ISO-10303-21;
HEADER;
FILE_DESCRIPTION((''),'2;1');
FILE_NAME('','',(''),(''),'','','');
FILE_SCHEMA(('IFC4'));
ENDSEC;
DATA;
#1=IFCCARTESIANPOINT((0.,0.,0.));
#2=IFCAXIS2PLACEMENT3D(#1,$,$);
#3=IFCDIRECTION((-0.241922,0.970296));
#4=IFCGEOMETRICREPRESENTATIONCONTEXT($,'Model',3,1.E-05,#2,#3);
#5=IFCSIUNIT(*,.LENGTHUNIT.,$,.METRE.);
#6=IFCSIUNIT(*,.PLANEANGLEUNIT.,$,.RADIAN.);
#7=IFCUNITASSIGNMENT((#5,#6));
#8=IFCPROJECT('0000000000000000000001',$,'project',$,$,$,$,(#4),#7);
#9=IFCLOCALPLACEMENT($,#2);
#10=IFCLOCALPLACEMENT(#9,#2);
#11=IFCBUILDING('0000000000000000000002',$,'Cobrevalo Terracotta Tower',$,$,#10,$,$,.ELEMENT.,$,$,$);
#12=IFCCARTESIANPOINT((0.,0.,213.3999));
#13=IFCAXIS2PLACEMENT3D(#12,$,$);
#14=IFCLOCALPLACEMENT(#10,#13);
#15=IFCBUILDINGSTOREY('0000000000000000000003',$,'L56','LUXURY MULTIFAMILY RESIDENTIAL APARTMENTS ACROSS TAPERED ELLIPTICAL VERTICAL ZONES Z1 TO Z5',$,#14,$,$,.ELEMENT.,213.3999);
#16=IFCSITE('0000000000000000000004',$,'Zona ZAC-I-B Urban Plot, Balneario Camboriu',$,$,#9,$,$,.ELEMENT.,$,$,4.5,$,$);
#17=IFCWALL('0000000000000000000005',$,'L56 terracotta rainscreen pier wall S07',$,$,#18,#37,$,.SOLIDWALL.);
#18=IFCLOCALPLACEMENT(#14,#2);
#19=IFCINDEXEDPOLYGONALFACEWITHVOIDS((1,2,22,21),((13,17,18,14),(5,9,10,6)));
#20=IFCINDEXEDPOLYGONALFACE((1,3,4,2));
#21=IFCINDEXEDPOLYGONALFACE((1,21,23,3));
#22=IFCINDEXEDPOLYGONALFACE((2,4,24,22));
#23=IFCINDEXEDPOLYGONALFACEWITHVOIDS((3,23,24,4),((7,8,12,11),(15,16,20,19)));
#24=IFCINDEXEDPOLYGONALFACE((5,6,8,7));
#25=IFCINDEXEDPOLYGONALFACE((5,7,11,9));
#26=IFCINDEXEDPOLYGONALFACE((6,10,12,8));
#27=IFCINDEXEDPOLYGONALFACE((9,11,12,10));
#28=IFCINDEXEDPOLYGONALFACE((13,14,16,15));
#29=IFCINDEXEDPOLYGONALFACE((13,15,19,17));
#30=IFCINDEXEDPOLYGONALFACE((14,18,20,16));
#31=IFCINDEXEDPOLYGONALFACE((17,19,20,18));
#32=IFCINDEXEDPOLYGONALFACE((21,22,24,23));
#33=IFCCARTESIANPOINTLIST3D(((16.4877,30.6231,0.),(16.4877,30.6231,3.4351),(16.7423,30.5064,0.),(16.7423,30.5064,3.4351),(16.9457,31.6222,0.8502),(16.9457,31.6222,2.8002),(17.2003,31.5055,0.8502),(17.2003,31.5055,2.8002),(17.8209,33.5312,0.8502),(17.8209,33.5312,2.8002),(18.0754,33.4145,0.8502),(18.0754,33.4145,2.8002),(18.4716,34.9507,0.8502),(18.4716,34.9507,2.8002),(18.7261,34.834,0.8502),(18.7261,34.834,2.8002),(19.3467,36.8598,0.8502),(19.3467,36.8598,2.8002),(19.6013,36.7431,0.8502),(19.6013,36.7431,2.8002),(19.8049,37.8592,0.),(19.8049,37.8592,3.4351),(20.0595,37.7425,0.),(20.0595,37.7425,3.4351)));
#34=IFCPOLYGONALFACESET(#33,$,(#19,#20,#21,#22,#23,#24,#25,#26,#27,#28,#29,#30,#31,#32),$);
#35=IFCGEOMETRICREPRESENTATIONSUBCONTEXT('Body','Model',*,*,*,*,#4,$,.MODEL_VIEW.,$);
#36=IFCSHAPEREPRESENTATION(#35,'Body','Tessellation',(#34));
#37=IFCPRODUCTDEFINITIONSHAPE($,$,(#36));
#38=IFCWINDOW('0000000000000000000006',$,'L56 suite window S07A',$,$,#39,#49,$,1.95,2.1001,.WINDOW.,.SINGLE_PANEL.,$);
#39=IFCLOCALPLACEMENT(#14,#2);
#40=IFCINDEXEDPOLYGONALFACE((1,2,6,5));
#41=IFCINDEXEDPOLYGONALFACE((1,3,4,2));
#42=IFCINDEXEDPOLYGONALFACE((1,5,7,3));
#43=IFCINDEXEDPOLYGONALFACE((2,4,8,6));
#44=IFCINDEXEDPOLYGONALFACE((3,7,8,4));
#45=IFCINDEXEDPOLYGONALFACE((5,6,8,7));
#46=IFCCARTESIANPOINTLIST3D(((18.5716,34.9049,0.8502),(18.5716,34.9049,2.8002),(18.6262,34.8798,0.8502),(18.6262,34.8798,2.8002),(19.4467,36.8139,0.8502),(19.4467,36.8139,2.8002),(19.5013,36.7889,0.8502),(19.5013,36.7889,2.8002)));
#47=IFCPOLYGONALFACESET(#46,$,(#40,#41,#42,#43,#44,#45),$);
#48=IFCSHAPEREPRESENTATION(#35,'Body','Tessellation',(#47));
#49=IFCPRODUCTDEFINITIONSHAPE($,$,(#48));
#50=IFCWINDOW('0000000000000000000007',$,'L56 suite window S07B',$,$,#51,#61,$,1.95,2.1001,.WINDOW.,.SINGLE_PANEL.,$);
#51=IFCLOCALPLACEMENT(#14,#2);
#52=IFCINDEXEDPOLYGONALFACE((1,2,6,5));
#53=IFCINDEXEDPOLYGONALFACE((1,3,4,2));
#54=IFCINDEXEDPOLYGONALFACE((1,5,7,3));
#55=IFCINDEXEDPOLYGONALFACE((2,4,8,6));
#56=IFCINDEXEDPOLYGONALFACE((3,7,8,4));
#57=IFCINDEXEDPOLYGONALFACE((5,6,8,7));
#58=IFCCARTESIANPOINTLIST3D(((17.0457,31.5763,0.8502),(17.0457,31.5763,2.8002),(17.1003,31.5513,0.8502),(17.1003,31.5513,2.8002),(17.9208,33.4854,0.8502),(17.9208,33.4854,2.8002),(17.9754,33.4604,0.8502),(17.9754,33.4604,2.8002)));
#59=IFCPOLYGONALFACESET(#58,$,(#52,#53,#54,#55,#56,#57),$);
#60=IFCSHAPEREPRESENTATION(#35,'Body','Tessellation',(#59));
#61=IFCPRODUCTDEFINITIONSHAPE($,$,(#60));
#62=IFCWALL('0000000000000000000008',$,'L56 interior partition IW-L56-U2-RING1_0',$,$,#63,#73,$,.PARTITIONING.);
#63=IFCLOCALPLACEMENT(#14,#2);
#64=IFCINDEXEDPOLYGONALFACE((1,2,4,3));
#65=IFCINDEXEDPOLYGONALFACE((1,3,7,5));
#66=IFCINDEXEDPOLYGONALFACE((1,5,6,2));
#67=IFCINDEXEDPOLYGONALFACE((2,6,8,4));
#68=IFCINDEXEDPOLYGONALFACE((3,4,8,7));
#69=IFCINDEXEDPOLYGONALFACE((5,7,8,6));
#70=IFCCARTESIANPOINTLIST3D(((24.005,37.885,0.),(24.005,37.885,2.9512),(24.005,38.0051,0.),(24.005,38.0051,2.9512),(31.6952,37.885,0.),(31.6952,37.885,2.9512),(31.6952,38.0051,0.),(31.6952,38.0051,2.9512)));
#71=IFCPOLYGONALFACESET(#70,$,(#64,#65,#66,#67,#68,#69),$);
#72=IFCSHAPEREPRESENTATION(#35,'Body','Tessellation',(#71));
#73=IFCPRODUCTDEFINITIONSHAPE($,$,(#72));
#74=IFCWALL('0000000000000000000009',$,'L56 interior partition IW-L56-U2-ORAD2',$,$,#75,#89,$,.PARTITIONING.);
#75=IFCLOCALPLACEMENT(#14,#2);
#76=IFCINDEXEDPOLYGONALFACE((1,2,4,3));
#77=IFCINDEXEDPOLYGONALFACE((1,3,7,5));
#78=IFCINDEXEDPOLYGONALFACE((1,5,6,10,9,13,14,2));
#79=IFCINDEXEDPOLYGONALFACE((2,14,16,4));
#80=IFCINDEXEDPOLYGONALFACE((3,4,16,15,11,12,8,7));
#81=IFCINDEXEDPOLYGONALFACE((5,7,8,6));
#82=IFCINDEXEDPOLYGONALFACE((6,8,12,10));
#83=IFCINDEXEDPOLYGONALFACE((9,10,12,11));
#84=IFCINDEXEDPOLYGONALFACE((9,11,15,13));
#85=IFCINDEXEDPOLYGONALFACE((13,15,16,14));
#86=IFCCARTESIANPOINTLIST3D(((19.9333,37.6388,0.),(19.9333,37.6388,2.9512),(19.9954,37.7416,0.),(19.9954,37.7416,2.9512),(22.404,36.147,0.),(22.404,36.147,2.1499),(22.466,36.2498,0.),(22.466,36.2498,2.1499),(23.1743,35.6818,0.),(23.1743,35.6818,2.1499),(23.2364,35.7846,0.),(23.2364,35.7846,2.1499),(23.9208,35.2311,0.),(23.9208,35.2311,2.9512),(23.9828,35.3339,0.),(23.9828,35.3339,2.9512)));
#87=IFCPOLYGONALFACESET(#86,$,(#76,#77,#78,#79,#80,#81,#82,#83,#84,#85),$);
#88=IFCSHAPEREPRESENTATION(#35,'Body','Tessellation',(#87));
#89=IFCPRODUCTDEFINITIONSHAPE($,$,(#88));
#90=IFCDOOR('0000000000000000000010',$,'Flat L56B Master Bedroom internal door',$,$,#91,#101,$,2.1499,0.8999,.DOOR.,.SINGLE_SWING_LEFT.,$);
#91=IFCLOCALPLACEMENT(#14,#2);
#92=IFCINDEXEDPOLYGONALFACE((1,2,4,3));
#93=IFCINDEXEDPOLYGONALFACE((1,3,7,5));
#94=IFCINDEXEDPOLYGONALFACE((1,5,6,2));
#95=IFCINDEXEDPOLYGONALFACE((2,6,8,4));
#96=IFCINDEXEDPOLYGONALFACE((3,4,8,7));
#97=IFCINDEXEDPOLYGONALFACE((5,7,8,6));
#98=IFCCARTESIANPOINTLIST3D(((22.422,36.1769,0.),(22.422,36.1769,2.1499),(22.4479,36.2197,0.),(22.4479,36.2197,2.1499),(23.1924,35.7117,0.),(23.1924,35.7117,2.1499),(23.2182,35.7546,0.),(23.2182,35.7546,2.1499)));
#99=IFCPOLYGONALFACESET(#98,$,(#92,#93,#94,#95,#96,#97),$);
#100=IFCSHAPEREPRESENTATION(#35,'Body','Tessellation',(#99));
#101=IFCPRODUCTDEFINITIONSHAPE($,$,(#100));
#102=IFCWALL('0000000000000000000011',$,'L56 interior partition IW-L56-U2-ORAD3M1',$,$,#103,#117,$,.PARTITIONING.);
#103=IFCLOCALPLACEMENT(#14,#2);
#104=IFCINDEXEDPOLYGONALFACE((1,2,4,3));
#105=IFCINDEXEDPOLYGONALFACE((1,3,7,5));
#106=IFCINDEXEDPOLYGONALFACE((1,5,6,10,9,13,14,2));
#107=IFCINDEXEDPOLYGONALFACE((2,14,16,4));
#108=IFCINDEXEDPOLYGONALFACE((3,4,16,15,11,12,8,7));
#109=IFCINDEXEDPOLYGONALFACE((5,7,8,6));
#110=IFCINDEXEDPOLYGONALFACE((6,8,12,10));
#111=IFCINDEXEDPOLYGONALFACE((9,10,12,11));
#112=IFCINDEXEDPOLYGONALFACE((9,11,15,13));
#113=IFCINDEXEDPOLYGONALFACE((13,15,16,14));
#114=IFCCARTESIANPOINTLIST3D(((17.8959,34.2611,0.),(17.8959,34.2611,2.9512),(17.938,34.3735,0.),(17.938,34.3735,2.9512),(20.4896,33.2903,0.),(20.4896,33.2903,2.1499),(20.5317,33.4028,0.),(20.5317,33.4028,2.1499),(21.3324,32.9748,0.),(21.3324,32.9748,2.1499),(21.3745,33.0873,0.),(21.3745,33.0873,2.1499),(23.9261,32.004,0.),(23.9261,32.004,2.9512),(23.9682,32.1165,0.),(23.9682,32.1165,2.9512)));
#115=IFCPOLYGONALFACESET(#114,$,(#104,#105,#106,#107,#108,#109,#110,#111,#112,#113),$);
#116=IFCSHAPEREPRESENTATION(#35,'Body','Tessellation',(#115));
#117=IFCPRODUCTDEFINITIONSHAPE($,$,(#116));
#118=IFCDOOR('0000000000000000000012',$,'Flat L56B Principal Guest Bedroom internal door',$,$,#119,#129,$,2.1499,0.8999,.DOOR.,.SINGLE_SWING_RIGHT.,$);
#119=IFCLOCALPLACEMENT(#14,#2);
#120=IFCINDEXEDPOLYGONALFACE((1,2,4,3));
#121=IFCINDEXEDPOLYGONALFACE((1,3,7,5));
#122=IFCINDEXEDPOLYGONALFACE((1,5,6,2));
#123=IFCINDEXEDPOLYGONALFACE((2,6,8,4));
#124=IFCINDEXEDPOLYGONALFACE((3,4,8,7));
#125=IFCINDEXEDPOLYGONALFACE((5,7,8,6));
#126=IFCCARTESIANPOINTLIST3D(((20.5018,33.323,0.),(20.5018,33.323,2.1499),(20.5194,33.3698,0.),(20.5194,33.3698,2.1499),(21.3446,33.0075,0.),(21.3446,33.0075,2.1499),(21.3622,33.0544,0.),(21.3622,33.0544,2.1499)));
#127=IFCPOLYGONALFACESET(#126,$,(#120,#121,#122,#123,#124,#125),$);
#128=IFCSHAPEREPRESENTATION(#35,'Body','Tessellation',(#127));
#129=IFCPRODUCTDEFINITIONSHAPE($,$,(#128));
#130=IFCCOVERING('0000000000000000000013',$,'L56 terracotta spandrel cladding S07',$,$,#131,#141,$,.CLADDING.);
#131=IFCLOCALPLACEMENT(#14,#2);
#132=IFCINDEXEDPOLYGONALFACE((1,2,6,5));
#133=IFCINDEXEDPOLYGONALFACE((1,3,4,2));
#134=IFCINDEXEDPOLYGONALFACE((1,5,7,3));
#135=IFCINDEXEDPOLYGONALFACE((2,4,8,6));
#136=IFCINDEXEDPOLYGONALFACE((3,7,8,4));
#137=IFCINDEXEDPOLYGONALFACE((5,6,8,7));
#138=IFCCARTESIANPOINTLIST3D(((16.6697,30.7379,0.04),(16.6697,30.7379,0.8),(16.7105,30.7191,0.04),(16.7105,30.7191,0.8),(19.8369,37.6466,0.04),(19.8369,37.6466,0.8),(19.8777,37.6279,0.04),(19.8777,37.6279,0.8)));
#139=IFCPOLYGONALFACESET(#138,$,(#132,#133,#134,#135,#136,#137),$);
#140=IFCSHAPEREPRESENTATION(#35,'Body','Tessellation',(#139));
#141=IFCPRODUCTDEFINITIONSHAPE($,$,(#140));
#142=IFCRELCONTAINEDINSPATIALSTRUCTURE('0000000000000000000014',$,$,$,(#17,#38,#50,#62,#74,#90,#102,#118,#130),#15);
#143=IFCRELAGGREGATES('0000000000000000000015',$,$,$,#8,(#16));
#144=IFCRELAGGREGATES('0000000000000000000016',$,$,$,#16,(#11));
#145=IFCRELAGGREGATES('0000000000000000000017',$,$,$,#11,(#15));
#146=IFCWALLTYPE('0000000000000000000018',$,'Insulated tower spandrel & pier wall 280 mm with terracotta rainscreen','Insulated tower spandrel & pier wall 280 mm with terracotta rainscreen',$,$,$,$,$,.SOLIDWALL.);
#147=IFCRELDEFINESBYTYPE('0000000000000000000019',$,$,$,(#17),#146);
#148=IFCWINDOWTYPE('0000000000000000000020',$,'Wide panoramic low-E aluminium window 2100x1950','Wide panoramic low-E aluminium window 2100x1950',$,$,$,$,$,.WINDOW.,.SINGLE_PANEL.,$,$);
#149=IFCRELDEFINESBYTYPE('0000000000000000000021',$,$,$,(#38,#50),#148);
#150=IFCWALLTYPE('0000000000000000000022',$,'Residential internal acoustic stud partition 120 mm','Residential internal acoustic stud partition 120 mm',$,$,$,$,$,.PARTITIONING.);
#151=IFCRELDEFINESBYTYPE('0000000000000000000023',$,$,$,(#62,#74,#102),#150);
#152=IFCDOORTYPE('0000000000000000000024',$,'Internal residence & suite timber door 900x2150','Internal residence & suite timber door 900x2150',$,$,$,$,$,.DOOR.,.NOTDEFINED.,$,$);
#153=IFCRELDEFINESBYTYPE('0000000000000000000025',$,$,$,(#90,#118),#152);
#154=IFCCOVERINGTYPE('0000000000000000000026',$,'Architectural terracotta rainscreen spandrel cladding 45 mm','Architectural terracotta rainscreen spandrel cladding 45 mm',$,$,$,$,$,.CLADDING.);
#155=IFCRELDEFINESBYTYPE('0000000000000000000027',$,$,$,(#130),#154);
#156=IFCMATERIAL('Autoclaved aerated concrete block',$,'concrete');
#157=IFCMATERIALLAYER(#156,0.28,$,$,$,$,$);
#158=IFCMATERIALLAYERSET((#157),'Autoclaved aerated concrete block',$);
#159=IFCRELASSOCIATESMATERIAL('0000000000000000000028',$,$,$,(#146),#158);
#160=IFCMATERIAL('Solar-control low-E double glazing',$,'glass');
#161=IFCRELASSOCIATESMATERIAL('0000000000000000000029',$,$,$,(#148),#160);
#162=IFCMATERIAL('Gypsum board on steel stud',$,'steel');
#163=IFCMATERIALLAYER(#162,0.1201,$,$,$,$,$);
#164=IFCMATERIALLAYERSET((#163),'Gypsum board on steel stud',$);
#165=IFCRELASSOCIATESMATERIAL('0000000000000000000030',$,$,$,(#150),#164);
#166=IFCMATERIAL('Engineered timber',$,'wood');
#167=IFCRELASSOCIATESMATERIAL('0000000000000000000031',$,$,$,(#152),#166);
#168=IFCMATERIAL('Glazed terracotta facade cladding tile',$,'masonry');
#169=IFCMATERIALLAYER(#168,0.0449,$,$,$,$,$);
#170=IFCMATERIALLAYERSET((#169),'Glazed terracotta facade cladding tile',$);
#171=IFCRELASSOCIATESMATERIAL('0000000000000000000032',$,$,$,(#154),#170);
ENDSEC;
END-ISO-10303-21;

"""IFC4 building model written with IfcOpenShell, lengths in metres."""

from ifc_helpers import new_model, si_unit, direction, frame, frame_2d, origin, origin_2d, place, context, subcontext, project, spatial, rectangle, extrude, source, transform, mapped, material, layer, layer_set, type_object, element, fill, save


model = new_model("IFC4")

# Units and contexts
model_context = context("Model", 3, precision=1e-05, world=origin(), true_north=direction((-0.241922, 0.970296)))
body_context = subcontext(model_context, "Body", "Model", "MODEL_VIEW")
ifc_project = project(units=[si_unit("LENGTHUNIT", "METRE"), si_unit("PLANEANGLEUNIT", "RADIAN")], contexts=[model_context])

# Site, building, storey
site_placement = place(None, origin())
site = spatial("IfcSite", under=ifc_project, at=site_placement, Name="Zona ZAC-I-B Urban Plot, Balneario Camboriu", CompositionType="ELEMENT", RefElevation=4.5)
building_placement = place(site_placement, origin())
building = spatial("IfcBuilding", under=site, at=building_placement, Name="Cobrevalo Terracotta Tower", CompositionType="ELEMENT")
storey_placement = place(building_placement, frame((0.0, 0.0, 213.3999)))
storey = spatial("IfcBuildingStorey", under=building, at=storey_placement, Name="L56", Description="LUXURY MULTIFAMILY RESIDENTIAL APARTMENTS ACROSS TAPERED ELLIPTICAL VERTICAL ZONES Z1 TO Z5", CompositionType="ELEMENT", Elevation=213.3999)

# Shared definitions
ifc_material_1 = material(Name="Solar-control low-E double glazing", Category="glass")

# Wall, openings, windows
ifc_material_2 = material(Name="Autoclaved aerated concrete block", Category="concrete")
ifc_layer_1 = layer(ifc_material_2, 0.28)
ifc_layer_set_1 = layer_set([ifc_layer_1], Name="Autoclaved aerated concrete block")
wall_type_1 = type_object("IfcWallType", Name="Insulated tower spandrel & pier wall 280 mm with terracotta rainscreen", Description="Insulated tower spandrel & pier wall 280 mm with terracotta rainscreen", PredefinedType="SOLIDWALL", material=ifc_layer_set_1)
wall_1_placement = place(storey_placement, frame((19.9321, 37.8008, 0.0), z_axis=(0.0, 0.0, 1.0), x_axis=(-0.416717, -0.909036, 0.0)))
wall_1 = element("IfcWall", 1, at=wall_1_placement, inside=storey, type_object=wall_type_1, Name="L56 terracotta rainscreen pier wall S07", PredefinedType="SOLIDWALL", context=body_context, shape_type="SweptSolid", body=[
    extrude(rectangle(XDim=7.9602, YDim=0.28, at=frame_2d((3.98, 0.0))), origin(), (0.0, 0.0, 1.0), 3.4351),
])
opening_1_placement = place(wall_1_placement, frame((1.0994, 0.0, 0.8501)))
opening_1 = element("IfcOpeningElement", 2, at=opening_1_placement, cuts=wall_1, PredefinedType="OPENING", context=body_context, shape_type="SweptSolid", body=[
    extrude(rectangle(XDim=2.1001, YDim=1.95, at=frame_2d((1.05, 0.9751))), frame((0.0, 0.1499, 0.0), z_axis=(0.0, -1.0, 0.0), x_axis=(1.0, 0.0, 0.0)), (0.0, 0.0, 1.0), 0.3),
])
opening_2_placement = place(wall_1_placement, frame((4.761, 0.0, 0.8501)))
opening_2 = element("IfcOpeningElement", 3, at=opening_2_placement, cuts=wall_1, PredefinedType="OPENING", context=body_context, shape_type="SweptSolid", body=[
    extrude(rectangle(XDim=2.1001, YDim=1.95, at=frame_2d((1.05, 0.9751))), frame((0.0, 0.1499, 0.0), z_axis=(0.0, -1.0, 0.0), x_axis=(1.0, 0.0, 0.0)), (0.0, 0.0, 1.0), 0.3),
])
window_type = type_object("IfcWindowType", Name="Wide panoramic low-E aluminium window 2100x1950", Description="Wide panoramic low-E aluminium window 2100x1950", PartitioningType="SINGLE_PANEL", PredefinedType="WINDOW", material=ifc_material_1)
shared_shape_1 = source(origin(), body_context, "Body", "SweptSolid", [
    extrude(rectangle(XDim=2.1001, YDim=1.95, at=frame_2d((1.05, 0.9751))), frame((0.0, 0.03, 0.0), z_axis=(0.0, -1.0, 0.0), x_axis=(1.0, 0.0, 0.0)), (0.0, 0.0, 1.0), 0.0601),
])
window_1_placement = place(opening_1_placement, origin())
window_1 = element("IfcWindow", 4, at=window_1_placement, inside=storey, type_object=window_type, Name="L56 suite window S07A", OverallHeight=1.95, OverallWidth=2.1001, PartitioningType="SINGLE_PANEL", PredefinedType="WINDOW", context=body_context, shape_type="MappedRepresentation", body=[
    mapped(shared_shape_1, transform((0.0, 0.0, 0.0), scale=1.0)),
])
fill(opening_1, window_1)
window_2_placement = place(opening_2_placement, origin())
window_2 = element("IfcWindow", 5, at=window_2_placement, inside=storey, type_object=window_type, Name="L56 suite window S07B", OverallHeight=1.95, OverallWidth=2.1001, PartitioningType="SINGLE_PANEL", PredefinedType="WINDOW", context=body_context, shape_type="MappedRepresentation", body=[
    mapped(shared_shape_1, transform((0.0, 0.0, 0.0), scale=1.0)),
])
fill(opening_2, window_2)

# Wall
ifc_material_3 = material(Name="Gypsum board on steel stud", Category="steel")
ifc_layer_2 = layer(ifc_material_3, 0.1201)
ifc_layer_set_2 = layer_set([ifc_layer_2], Name="Gypsum board on steel stud")
wall_type_2 = type_object("IfcWallType", Name="Residential internal acoustic stud partition 120 mm", Description="Residential internal acoustic stud partition 120 mm", PredefinedType="PARTITIONING", material=ifc_layer_set_2)
wall_2_placement = place(storey_placement, frame((24.0049, 37.9451, 0.0), z_axis=(0.0, 0.0, 1.0), x_axis=(1.0, 0.0, 0.0)))
element("IfcWall", 6, at=wall_2_placement, inside=storey, type_object=wall_type_2, Name="L56 interior partition IW-L56-U2-RING1_0", PredefinedType="PARTITIONING", context=body_context, shape_type="SweptSolid", body=[
    extrude(rectangle(XDim=7.6902, YDim=0.1201, at=frame_2d((3.8452, 0.0))), origin(), (0.0, 0.0, 1.0), 2.9512),
])

# Walls, openings, doors
wall_3_placement = place(storey_placement, frame((23.9519, 35.2825, 0.0), z_axis=(0.0, 0.0, 1.0), x_axis=(-0.856051, 0.516891, 0.0)))
wall_3 = element("IfcWall", 7, at=wall_3_placement, inside=storey, type_object=wall_type_2, Name="L56 interior partition IW-L56-U2-ORAD2", PredefinedType="PARTITIONING", context=body_context, shape_type="SweptSolid", body=[
    extrude(rectangle(XDim=4.658, YDim=0.1201, at=frame_2d((2.3291, 0.0))), origin(), (0.0, 0.0, 1.0), 2.9512),
])
opening_3_placement = place(wall_3_placement, frame((0.8721, 0.0, 0.0)))
opening_3 = element("IfcOpeningElement", 8, at=opening_3_placement, cuts=wall_3, PredefinedType="OPENING", context=body_context, shape_type="SweptSolid", body=[
    extrude(rectangle(XDim=0.8999, YDim=2.1499, at=frame_2d((0.45, 1.075))), frame((0.0, 0.0701, 0.0), z_axis=(0.0, -1.0, 0.0), x_axis=(1.0, 0.0, 0.0)), (0.0, 0.0, 1.0), 0.1401),
])
ifc_material_4 = material(Name="Engineered timber", Category="wood")
door_type = type_object("IfcDoorType", Name="Internal residence & suite timber door 900x2150", Description="Internal residence & suite timber door 900x2150", OperationType="NOTDEFINED", PredefinedType="DOOR", material=ifc_material_4)
shared_shape_2 = source(origin(), body_context, "Body", "SweptSolid", [
    extrude(rectangle(XDim=0.8999, YDim=2.1499, at=frame_2d((0.45, 1.075))), frame((0.0, 0.0249, 0.0), z_axis=(0.0, -1.0, 0.0), x_axis=(1.0, 0.0, 0.0)), (0.0, 0.0, 1.0), 0.05),
])
door_1_placement = place(opening_3_placement, frame((0.8999, 0.0, 0.0), z_axis=(0.0, 0.0, 1.0), x_axis=(-1.0, 0.0, 0.0)))
door_1 = element("IfcDoor", 9, at=door_1_placement, inside=storey, type_object=door_type, Name="Flat L56B Master Bedroom internal door", OperationType="SINGLE_SWING_LEFT", OverallHeight=2.1499, OverallWidth=0.8999, PredefinedType="DOOR", context=body_context, shape_type="MappedRepresentation", body=[
    mapped(shared_shape_2, transform((0.0, 0.0, 0.0), scale=1.0)),
])
fill(opening_3, door_1)
wall_4_placement = place(storey_placement, frame((23.947, 32.0603, 0.0), z_axis=(0.0, 0.0, 1.0), x_axis=(-0.936547, 0.350542, 0.0)))
wall_4 = element("IfcWall", 10, at=wall_4_placement, inside=storey, type_object=wall_type_2, Name="L56 interior partition IW-L56-U2-ORAD3M1", PredefinedType="PARTITIONING", context=body_context, shape_type="SweptSolid", body=[
    extrude(rectangle(XDim=6.4387, YDim=0.1201, at=frame_2d((3.2192, 0.0))), origin(), (0.0, 0.0, 1.0), 2.9512),
])
opening_4_placement = place(wall_4_placement, frame((2.7693, 0.0, 0.0)))
opening_4 = element("IfcOpeningElement", 11, at=opening_4_placement, cuts=wall_4, PredefinedType="OPENING", context=body_context, shape_type="SweptSolid", body=[
    extrude(rectangle(XDim=0.8999, YDim=2.1499, at=frame_2d((0.45, 1.075))), frame((0.0, 0.0701, 0.0), z_axis=(0.0, -1.0, 0.0), x_axis=(1.0, 0.0, 0.0)), (0.0, 0.0, 1.0), 0.1401),
])
door_2_placement = place(opening_4_placement, frame((0.8999, 0.0, 0.0), z_axis=(0.0, 0.0, 1.0), x_axis=(-1.0, 0.0, 0.0)))
door_2 = element("IfcDoor", 12, at=door_2_placement, inside=storey, type_object=door_type, Name="Flat L56B Principal Guest Bedroom internal door", OperationType="SINGLE_SWING_RIGHT", OverallHeight=2.1499, OverallWidth=0.8999, PredefinedType="DOOR", context=body_context, shape_type="MappedRepresentation", body=[
    mapped(shared_shape_2, transform((0.0, 0.0, 0.0), scale=1.0)),
])
fill(opening_4, door_2)

# Covering
ifc_material_5 = material(Name="Glazed terracotta facade cladding tile", Category="masonry")
ifc_layer_3 = layer(ifc_material_5, 0.0449)
ifc_layer_set_3 = layer_set([ifc_layer_3], Name="Glazed terracotta facade cladding tile")
covering_type = type_object("IfcCoveringType", Name="Architectural terracotta rainscreen spandrel cladding 45 mm", Description="Architectural terracotta rainscreen spandrel cladding 45 mm", PredefinedType="CLADDING", material=ifc_layer_set_3)
shared_shape_3 = source(origin(), body_context, "Body", "SweptSolid", [
    extrude(rectangle(XDim=7.6001, YDim=0.0449, at=origin_2d()), origin(), (0.0, 0.0, 1.0), 0.76),
])
covering_placement = place(storey_placement, frame((18.2737, 34.1829, 0.04), z_axis=(0.0, 0.0, 1.0), x_axis=(-0.416731, -0.90903, 0.0)))
element("IfcCovering", 13, at=covering_placement, inside=storey, type_object=covering_type, Name="L56 terracotta spandrel cladding S07", PredefinedType="CLADDING", context=body_context, shape_type="MappedRepresentation", body=[
    mapped(shared_shape_3, transform((0.0, 0.0, 0.0), scale=1.0)),
])

save(model, "model.ifc")
